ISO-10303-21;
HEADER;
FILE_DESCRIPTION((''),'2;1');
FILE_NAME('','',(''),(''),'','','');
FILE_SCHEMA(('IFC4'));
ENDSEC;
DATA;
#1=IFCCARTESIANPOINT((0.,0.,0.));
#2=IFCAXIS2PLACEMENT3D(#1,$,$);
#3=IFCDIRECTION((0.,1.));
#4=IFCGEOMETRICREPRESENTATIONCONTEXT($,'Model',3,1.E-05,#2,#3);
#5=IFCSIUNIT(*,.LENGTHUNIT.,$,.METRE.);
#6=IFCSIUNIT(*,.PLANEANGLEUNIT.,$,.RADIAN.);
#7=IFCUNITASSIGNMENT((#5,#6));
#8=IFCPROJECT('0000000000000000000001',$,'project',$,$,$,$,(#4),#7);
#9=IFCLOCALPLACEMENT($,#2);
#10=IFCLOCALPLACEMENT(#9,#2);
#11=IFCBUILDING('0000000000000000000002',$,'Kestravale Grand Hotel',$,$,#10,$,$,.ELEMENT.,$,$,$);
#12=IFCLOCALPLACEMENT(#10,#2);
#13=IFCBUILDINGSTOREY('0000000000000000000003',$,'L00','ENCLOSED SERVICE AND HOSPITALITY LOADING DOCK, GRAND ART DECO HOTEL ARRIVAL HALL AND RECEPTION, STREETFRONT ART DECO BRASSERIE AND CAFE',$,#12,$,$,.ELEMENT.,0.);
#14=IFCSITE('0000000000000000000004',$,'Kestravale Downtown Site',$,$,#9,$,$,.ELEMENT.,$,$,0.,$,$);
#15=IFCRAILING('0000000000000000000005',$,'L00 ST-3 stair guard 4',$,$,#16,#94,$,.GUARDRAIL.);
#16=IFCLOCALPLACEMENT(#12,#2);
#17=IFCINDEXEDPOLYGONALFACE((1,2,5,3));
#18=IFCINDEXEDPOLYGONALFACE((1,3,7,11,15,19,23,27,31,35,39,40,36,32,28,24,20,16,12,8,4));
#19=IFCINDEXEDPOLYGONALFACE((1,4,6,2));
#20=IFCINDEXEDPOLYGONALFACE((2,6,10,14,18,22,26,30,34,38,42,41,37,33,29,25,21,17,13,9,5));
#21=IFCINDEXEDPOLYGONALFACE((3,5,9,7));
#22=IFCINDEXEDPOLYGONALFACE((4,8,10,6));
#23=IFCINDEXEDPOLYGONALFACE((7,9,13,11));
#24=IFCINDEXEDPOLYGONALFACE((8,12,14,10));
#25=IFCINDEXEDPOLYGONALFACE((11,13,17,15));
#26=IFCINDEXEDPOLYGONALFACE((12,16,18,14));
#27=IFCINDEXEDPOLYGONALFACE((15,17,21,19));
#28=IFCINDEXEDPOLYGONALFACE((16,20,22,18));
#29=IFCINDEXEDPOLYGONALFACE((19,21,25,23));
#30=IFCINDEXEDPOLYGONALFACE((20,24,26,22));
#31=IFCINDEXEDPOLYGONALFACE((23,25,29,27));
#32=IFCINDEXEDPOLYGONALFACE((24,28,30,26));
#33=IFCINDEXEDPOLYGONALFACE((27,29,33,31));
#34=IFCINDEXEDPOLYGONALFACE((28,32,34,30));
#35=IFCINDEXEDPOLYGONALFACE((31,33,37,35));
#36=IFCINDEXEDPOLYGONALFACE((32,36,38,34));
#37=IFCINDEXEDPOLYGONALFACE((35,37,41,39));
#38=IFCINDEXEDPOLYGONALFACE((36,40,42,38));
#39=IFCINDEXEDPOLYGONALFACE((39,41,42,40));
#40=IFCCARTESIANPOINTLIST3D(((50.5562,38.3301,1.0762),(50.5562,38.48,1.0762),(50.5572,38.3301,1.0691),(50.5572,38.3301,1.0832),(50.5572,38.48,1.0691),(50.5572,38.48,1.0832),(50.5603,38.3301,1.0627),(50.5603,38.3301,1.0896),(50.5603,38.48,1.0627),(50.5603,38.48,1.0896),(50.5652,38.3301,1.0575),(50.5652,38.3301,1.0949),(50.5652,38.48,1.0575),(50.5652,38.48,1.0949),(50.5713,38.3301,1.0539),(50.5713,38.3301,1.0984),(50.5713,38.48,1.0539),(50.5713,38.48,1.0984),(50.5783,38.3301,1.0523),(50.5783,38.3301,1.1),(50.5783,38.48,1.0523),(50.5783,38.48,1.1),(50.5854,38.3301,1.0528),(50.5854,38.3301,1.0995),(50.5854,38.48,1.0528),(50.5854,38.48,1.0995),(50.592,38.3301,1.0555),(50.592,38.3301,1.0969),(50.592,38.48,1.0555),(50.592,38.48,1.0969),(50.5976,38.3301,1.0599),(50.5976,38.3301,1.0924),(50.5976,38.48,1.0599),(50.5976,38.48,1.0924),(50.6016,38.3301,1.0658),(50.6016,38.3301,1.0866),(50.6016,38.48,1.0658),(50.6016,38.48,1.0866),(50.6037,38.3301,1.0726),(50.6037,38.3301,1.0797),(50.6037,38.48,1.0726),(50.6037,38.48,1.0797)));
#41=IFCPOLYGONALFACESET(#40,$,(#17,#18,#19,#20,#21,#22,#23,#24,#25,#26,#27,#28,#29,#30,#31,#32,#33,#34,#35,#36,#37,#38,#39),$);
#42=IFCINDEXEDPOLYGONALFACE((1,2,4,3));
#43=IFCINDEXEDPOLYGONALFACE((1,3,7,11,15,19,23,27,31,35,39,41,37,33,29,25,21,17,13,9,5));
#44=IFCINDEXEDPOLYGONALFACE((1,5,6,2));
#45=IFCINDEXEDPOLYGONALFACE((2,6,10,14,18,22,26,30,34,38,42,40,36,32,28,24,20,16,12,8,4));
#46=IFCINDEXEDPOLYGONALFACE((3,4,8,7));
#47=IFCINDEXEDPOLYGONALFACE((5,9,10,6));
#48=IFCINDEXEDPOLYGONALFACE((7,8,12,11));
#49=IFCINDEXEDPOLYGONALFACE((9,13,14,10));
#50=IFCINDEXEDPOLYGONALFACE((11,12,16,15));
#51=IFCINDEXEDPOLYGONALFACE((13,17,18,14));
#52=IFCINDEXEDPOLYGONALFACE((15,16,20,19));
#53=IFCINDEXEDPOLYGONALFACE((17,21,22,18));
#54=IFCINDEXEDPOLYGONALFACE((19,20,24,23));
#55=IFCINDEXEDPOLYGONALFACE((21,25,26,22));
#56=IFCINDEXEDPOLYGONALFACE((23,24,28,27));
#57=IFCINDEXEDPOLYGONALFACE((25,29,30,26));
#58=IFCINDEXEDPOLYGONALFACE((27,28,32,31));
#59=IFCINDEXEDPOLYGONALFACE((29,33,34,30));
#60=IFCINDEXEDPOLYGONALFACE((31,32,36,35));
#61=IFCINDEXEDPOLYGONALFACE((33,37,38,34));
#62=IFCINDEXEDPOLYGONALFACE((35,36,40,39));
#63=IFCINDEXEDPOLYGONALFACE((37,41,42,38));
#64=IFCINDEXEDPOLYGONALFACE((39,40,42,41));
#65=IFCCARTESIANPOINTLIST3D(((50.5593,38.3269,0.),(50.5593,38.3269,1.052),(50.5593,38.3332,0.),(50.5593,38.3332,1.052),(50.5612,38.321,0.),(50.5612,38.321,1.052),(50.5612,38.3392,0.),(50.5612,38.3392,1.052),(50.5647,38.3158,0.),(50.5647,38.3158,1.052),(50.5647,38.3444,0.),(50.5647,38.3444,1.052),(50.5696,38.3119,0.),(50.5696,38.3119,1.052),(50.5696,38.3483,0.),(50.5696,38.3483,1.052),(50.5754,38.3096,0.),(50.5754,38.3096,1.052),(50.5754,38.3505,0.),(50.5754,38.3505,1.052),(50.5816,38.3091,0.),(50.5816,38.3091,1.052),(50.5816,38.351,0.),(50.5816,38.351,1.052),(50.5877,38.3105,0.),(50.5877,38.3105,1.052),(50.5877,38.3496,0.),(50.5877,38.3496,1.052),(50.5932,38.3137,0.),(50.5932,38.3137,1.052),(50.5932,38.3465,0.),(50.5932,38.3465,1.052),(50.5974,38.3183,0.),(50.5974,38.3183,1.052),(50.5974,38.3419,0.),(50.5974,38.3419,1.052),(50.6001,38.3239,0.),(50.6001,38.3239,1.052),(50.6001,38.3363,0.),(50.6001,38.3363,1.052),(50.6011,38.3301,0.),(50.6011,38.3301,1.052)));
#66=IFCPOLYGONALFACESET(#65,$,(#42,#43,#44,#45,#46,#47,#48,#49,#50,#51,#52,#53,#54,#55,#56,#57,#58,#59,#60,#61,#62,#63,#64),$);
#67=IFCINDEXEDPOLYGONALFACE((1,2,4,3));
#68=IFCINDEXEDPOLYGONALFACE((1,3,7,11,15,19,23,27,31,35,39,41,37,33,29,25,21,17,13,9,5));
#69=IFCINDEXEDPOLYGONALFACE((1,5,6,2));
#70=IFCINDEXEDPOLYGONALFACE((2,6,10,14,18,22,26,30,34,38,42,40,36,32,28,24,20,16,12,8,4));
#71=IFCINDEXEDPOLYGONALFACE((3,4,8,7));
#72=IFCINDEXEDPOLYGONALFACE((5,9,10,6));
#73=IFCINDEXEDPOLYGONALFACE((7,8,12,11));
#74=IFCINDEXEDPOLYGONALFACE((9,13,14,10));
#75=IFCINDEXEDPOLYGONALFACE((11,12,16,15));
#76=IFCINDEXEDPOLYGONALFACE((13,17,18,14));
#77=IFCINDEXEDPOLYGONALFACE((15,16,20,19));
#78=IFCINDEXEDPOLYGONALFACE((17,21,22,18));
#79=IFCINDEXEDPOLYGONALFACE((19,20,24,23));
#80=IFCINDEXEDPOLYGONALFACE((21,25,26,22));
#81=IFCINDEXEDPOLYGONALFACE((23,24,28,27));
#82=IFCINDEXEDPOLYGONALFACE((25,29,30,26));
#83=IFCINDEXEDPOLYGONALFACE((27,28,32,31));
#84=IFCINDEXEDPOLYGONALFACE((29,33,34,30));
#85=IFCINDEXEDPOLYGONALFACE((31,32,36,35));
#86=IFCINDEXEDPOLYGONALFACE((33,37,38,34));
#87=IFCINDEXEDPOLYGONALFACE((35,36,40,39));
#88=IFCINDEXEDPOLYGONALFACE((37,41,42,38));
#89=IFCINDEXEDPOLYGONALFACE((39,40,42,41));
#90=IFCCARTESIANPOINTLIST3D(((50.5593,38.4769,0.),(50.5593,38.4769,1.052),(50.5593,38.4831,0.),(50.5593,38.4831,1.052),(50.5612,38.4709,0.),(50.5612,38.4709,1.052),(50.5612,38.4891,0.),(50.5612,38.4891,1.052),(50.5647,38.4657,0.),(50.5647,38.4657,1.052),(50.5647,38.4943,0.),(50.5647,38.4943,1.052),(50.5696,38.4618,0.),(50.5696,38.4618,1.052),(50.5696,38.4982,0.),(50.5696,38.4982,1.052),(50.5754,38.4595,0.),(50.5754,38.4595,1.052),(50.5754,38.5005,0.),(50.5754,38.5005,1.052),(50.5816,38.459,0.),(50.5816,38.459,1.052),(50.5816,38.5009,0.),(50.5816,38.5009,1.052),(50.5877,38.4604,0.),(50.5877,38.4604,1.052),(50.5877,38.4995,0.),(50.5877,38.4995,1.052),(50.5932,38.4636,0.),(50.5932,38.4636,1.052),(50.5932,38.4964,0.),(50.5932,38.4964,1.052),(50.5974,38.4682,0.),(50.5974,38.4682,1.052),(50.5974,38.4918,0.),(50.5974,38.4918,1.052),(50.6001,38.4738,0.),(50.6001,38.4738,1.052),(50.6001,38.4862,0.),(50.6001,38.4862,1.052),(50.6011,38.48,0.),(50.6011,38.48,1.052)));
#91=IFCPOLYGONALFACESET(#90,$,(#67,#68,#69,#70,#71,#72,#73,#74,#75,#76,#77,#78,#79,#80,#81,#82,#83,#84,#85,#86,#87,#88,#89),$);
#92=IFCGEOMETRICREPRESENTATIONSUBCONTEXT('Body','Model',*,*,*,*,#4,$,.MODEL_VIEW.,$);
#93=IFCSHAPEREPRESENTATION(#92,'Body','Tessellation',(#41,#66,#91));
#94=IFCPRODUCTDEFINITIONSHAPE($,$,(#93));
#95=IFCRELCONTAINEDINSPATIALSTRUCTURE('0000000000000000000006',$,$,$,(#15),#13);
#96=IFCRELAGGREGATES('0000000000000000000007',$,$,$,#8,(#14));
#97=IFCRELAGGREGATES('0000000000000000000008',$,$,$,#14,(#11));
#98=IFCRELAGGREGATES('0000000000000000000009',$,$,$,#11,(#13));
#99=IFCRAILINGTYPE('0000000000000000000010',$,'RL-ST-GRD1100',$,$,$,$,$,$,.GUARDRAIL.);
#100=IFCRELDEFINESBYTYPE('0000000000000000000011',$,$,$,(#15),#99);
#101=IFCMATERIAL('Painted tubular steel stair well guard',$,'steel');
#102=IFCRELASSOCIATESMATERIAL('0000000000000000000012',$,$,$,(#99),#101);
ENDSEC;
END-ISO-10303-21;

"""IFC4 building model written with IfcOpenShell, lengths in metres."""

from ifc_helpers import new_model, si_unit, direction, frame, origin, origin_2d, place, context, subcontext, project, spatial, circle, extrude, material, type_object, element, save


model = new_model("IFC4")

# Units and contexts
model_context = context("Model", 3, precision=1e-05, world=origin(), true_north=direction((0.0, 1.0)))
body_context = subcontext(model_context, "Body", "Model", "MODEL_VIEW")
ifc_project = project(units=[si_unit("LENGTHUNIT", "METRE"), si_unit("PLANEANGLEUNIT", "RADIAN")], contexts=[model_context])

# Site, building, storey
site_placement = place(None, origin())
site = spatial("IfcSite", under=ifc_project, at=site_placement, Name="Kestravale Downtown Site", CompositionType="ELEMENT", RefElevation=0.0)
building_placement = place(site_placement, origin())
building = spatial("IfcBuilding", under=site, at=building_placement, Name="Kestravale Grand Hotel", CompositionType="ELEMENT")
storey_placement = place(building_placement, origin())
storey = spatial("IfcBuildingStorey", under=building, at=storey_placement, Name="L00", Description="ENCLOSED SERVICE AND HOSPITALITY LOADING DOCK, GRAND ART DECO HOTEL ARRIVAL HALL AND RECEPTION, STREETFRONT ART DECO BRASSERIE AND CAFE", CompositionType="ELEMENT", Elevation=0.0)

# Railing
ifc_material_1 = material(Name="Painted tubular steel stair well guard", Category="steel")
railing_type_1 = type_object("IfcRailingType", Name="RL-ST-GRD1100", PredefinedType="GUARDRAIL", material=ifc_material_1)
railing_1_placement = place(storey_placement, frame((50.5801, 38.3301, 0.0)))
element("IfcRailing", 1, at=railing_1_placement, inside=storey, type_object=railing_type_1, Name="L00 ST-3 stair guard 4", PredefinedType="GUARDRAIL", context=body_context, shape_type="SweptSolid", body=[
    extrude(circle(Radius=0.0239, at=origin_2d()), frame((0.0, 0.0, 1.0762), z_axis=(0.0, 1.0, 0.0), x_axis=(-1.0, 0.0, 0.0)), (0.0, 0.0, 1.0), 0.1499),
    extrude(circle(Radius=0.021, at=origin_2d()), origin(), (0.0, 0.0, 1.0), 1.052),
    extrude(circle(Radius=0.021, at=origin_2d()), frame((0.0, 0.1499, 0.0)), (0.0, 0.0, 1.0), 1.052),
])

save(model, "model.ifc")
